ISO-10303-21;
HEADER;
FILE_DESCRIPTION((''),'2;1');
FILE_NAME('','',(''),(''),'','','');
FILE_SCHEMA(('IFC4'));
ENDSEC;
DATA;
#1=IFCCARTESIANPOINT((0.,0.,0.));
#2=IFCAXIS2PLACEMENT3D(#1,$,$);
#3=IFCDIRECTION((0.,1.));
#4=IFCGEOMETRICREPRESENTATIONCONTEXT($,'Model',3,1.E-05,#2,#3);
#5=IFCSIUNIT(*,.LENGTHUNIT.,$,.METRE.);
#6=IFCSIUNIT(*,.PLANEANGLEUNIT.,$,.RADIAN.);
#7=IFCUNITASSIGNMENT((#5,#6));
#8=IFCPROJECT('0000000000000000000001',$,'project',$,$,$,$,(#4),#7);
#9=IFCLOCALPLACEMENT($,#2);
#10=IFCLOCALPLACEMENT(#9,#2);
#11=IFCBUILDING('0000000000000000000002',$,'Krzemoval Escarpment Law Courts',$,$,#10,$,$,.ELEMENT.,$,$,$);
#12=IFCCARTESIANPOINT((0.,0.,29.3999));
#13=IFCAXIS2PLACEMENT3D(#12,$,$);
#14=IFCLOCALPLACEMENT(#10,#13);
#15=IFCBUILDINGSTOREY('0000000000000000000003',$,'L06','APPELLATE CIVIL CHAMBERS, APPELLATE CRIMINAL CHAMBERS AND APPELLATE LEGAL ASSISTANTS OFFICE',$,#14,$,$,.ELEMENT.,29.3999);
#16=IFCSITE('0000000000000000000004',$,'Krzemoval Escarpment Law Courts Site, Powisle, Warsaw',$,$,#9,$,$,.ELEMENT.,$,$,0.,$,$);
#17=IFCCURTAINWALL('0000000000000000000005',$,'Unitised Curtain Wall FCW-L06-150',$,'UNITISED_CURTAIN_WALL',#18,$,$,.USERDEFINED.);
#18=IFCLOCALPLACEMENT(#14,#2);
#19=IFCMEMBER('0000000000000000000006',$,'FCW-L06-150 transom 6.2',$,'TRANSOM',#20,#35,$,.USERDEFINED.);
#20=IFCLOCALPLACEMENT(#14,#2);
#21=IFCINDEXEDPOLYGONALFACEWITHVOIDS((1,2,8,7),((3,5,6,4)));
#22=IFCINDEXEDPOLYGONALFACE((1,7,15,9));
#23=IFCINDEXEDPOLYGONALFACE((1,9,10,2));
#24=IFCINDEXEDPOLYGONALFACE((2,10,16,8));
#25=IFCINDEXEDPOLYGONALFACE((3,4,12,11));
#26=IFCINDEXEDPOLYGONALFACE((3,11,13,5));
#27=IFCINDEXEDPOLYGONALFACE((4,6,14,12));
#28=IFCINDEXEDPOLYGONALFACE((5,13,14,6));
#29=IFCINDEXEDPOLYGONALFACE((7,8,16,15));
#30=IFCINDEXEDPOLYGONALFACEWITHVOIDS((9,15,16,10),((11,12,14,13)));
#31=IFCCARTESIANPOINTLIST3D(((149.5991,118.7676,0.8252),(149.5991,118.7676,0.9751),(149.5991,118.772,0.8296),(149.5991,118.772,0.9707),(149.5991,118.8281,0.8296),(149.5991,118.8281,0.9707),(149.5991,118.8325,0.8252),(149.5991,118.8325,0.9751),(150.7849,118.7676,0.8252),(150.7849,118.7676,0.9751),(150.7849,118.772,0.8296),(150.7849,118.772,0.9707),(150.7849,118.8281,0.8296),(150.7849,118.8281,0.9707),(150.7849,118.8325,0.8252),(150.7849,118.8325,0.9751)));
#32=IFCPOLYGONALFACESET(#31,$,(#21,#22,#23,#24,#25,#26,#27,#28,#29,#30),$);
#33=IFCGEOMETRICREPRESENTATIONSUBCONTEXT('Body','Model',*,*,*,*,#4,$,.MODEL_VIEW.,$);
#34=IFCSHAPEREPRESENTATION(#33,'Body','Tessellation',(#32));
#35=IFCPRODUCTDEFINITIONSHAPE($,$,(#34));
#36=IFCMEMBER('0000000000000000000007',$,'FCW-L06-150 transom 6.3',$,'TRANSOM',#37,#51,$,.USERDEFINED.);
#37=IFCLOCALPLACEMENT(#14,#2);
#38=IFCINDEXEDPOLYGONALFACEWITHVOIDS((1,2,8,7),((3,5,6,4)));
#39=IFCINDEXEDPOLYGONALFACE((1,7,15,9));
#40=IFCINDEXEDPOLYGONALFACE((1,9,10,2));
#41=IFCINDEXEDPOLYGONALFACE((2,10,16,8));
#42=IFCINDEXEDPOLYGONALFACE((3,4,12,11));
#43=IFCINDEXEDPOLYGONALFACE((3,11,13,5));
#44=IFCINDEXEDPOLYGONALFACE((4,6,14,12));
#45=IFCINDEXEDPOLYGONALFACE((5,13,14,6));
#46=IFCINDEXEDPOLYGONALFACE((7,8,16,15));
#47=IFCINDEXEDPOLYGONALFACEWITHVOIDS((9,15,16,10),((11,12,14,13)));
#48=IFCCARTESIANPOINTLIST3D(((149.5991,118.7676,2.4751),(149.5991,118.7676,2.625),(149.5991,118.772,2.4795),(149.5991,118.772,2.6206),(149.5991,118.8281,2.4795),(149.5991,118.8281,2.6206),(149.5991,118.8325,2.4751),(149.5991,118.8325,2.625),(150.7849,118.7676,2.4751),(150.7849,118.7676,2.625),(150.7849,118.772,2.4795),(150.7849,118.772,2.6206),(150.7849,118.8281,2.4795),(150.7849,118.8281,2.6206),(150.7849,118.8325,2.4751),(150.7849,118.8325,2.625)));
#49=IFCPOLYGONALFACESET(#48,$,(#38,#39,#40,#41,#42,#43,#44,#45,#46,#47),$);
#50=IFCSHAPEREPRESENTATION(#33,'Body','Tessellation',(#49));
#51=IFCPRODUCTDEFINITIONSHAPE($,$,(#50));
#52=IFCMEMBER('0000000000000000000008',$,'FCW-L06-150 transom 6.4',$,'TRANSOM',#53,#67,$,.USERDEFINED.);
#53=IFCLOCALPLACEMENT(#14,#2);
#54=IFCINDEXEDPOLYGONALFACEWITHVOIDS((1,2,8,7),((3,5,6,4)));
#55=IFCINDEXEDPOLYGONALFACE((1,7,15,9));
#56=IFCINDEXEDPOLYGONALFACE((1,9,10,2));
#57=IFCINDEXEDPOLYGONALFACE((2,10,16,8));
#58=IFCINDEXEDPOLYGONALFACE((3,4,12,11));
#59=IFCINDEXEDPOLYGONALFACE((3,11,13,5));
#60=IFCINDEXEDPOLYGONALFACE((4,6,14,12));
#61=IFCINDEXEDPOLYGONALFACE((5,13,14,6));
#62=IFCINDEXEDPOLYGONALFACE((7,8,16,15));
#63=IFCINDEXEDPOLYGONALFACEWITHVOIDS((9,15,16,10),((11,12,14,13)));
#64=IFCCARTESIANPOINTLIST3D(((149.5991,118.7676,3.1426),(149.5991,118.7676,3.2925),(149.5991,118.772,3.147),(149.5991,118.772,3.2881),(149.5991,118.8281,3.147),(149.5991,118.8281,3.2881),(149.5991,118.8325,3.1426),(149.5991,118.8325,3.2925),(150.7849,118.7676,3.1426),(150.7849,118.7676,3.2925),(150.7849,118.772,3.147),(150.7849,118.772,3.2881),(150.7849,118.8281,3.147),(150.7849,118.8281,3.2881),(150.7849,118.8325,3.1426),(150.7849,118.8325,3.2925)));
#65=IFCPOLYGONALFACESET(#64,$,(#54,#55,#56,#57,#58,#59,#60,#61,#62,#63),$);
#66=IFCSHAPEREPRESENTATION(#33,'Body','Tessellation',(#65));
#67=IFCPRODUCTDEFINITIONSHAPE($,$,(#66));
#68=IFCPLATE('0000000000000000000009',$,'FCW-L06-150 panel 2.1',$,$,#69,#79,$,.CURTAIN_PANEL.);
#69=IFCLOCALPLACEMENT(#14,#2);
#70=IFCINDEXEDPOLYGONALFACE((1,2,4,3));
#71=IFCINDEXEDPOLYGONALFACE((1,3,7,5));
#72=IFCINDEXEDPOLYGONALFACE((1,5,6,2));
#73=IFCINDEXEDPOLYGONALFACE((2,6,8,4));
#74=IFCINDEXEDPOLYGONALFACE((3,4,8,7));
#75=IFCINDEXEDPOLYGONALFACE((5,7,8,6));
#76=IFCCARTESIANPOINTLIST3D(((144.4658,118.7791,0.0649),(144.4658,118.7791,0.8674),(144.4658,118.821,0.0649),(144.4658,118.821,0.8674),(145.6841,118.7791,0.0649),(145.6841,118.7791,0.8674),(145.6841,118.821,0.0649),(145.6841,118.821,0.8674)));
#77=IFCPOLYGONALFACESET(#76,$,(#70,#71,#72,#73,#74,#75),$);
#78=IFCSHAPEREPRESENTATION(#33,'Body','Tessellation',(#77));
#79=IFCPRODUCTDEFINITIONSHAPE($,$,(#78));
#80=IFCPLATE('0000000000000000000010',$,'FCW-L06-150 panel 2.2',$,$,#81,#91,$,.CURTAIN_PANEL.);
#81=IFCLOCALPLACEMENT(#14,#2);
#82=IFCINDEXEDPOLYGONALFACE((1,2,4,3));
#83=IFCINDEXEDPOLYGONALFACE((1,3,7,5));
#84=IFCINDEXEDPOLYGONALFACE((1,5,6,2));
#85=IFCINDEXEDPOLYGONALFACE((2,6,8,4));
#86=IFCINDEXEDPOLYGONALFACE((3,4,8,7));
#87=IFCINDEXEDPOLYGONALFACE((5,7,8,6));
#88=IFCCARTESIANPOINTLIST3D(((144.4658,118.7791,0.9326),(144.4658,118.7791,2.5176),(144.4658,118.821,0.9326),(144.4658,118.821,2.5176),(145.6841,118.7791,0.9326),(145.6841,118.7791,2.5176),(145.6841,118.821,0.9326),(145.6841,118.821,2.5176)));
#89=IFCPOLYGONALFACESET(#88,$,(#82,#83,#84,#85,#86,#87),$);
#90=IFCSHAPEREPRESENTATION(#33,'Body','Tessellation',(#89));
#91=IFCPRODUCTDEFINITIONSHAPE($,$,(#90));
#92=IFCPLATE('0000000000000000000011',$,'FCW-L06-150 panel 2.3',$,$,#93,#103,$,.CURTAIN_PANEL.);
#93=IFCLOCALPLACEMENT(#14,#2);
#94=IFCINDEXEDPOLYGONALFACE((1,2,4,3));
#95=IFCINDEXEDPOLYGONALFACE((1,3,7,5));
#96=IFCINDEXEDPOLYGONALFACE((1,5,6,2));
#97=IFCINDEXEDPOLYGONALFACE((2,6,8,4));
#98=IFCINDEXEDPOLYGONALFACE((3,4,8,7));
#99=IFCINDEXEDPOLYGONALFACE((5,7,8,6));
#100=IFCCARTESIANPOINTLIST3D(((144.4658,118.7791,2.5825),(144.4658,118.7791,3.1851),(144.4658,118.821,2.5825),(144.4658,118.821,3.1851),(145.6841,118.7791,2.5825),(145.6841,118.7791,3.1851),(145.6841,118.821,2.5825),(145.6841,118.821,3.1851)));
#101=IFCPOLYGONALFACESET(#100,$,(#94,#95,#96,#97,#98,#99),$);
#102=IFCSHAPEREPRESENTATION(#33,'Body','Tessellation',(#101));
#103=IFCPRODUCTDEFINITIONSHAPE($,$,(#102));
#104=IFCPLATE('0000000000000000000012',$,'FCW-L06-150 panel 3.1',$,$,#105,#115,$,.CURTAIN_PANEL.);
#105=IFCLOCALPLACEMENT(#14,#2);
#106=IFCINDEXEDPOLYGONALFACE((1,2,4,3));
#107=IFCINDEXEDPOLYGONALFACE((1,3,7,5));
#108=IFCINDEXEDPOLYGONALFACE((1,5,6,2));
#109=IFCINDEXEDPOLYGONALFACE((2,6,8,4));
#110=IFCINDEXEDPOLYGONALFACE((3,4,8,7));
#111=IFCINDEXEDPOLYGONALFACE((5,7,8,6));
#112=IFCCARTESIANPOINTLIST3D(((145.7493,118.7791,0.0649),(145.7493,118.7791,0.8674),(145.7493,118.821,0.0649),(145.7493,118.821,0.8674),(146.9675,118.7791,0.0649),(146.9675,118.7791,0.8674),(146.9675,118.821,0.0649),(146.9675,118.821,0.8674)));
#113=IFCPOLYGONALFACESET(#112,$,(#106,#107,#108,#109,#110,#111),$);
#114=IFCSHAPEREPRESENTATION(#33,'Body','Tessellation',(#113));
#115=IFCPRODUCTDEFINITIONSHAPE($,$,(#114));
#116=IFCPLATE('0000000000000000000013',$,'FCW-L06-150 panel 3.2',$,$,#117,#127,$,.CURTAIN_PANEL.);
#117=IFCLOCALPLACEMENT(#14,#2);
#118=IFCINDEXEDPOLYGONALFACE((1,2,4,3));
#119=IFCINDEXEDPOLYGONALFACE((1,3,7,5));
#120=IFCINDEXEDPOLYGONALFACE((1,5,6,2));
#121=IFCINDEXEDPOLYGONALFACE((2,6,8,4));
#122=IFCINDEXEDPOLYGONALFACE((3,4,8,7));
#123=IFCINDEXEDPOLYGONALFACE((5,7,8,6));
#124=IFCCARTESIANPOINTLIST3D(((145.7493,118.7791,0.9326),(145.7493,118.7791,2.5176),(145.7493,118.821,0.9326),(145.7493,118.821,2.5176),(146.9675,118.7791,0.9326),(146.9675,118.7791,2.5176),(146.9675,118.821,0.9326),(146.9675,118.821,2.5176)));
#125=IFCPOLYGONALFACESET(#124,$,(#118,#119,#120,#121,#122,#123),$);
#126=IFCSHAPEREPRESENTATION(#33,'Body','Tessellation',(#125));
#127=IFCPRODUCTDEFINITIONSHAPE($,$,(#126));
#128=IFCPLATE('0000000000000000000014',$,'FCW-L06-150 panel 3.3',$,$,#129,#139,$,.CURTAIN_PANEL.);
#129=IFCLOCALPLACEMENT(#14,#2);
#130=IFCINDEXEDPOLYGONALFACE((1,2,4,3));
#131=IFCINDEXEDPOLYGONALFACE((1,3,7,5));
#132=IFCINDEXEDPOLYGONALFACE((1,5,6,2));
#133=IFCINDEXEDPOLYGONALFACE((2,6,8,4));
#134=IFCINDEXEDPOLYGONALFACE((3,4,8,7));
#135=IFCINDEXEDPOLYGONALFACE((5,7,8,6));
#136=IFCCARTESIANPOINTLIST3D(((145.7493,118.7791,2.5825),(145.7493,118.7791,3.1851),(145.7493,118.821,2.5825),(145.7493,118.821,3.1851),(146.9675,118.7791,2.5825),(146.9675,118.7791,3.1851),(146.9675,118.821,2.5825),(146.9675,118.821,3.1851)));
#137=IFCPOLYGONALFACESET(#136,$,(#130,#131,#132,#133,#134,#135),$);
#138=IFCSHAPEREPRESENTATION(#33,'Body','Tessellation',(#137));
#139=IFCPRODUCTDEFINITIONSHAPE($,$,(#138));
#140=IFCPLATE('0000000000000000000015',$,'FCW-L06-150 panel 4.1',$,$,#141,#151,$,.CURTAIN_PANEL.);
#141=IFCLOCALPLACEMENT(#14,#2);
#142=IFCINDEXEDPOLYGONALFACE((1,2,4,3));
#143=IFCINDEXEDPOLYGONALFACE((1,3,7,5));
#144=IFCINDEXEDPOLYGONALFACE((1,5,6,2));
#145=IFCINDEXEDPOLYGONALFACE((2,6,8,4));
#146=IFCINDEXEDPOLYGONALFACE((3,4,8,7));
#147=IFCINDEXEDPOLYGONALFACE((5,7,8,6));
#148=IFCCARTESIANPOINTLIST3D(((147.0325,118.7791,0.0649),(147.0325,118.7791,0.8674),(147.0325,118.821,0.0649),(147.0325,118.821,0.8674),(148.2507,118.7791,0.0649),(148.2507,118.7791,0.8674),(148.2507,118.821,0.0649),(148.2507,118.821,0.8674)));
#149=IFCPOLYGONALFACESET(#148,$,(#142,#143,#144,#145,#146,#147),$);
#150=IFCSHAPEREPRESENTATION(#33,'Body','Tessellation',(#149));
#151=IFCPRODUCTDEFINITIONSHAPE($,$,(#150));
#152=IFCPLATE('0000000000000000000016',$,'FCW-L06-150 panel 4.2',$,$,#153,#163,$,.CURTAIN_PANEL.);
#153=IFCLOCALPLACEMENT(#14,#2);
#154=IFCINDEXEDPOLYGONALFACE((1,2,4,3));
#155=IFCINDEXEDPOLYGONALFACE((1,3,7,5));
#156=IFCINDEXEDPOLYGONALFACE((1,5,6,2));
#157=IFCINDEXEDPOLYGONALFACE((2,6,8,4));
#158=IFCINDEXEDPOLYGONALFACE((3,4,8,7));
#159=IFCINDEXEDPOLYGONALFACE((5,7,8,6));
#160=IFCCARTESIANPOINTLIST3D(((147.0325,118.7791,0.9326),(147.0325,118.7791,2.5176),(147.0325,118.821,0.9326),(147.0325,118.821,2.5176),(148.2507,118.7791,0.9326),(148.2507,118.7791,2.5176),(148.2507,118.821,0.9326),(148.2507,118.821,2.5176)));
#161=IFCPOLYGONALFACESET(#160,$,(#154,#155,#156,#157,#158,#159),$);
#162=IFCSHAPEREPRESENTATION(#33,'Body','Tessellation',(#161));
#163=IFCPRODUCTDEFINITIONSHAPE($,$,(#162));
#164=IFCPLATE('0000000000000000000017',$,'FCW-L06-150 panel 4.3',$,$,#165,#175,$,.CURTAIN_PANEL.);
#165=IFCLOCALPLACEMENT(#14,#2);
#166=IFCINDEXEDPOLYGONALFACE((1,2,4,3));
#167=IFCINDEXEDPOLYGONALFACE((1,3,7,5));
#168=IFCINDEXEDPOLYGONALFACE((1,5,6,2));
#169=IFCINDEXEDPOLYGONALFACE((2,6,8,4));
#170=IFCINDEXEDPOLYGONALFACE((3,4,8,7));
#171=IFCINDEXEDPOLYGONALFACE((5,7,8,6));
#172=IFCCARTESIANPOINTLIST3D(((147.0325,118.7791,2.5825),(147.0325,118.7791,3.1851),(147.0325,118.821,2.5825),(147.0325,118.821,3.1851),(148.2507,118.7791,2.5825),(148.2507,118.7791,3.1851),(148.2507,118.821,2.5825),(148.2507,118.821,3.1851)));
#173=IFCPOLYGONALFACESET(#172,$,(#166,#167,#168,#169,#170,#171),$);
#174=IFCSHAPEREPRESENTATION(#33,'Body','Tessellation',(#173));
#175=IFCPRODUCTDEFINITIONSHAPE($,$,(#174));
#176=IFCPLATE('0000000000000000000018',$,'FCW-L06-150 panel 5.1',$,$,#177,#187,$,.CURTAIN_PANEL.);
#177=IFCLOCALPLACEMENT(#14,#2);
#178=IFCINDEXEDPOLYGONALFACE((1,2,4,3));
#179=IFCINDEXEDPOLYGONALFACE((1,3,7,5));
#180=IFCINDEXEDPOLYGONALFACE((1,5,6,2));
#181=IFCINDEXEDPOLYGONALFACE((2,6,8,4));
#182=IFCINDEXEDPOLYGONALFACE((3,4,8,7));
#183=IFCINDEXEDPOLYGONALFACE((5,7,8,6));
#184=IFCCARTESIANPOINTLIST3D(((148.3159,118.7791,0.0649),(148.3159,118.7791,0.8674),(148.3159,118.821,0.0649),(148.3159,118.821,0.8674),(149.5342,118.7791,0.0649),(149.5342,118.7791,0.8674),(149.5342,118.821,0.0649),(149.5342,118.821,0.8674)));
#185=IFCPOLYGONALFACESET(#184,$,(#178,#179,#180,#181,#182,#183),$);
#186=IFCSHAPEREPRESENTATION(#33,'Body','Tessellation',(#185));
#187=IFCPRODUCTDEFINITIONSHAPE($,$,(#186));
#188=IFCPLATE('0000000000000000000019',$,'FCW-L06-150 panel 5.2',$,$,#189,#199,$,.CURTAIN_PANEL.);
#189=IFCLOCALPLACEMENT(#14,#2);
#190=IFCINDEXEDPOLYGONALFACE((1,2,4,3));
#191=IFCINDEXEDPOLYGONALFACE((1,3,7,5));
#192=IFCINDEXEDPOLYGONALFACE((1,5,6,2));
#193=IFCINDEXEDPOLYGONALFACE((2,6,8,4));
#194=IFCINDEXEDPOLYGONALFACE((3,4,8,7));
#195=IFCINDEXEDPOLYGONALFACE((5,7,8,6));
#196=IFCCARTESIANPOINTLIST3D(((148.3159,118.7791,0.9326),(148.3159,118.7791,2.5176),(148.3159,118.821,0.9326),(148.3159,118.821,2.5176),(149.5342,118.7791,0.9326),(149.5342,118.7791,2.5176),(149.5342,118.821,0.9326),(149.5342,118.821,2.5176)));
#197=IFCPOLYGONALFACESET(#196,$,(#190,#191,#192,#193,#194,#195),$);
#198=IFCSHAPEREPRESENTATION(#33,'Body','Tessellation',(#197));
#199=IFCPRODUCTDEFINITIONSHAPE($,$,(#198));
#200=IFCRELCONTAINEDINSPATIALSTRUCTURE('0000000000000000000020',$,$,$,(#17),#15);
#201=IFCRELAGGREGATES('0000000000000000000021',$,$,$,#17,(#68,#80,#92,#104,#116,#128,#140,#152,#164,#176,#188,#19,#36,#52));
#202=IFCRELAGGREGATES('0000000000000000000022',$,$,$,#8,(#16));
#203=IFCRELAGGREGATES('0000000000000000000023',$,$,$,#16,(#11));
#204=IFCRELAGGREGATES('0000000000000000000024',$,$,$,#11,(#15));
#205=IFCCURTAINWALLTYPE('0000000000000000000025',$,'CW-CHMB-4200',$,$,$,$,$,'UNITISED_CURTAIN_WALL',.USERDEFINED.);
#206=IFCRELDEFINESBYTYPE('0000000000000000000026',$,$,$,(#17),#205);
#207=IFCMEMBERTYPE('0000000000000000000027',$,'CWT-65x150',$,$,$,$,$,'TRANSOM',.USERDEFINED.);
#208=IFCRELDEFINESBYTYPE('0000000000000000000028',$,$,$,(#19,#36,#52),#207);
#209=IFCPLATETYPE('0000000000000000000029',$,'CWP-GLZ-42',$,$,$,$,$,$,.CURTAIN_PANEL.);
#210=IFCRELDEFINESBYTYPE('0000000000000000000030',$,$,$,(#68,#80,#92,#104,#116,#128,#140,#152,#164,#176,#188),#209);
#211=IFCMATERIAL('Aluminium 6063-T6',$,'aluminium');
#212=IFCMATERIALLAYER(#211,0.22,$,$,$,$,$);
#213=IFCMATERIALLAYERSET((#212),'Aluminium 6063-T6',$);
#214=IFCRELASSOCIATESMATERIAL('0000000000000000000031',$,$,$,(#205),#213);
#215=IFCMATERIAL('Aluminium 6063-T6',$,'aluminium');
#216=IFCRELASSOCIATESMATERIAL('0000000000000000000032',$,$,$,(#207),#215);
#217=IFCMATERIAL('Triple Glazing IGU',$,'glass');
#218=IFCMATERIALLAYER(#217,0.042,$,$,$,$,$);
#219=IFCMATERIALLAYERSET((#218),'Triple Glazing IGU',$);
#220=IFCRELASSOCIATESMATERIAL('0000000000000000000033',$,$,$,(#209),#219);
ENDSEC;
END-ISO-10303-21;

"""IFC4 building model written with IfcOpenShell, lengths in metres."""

from ifc_helpers import new_model, si_unit, direction, frame, origin, origin_2d, place, context, subcontext, project, spatial, rectangle, hollow_rectangle, extrude, material, layer, layer_set, material_profile, profile_set, type_object, element, aggregate, save


model = new_model("IFC4")

# Units and contexts
model_context = context("Model", 3, precision=1e-05, world=origin(), true_north=direction((0.0, 1.0)))
body_context = subcontext(model_context, "Body", "Model", "MODEL_VIEW")
ifc_project = project(units=[si_unit("LENGTHUNIT", "METRE"), si_unit("PLANEANGLEUNIT", "RADIAN")], contexts=[model_context])

# Site, building, storey
site_placement = place(None, origin())
site = spatial("IfcSite", under=ifc_project, at=site_placement, Name="Krzemoval Escarpment Law Courts Site, Powisle, Warsaw", CompositionType="ELEMENT", RefElevation=0.0)
building_placement = place(site_placement, origin())
building = spatial("IfcBuilding", under=site, at=building_placement, Name="Krzemoval Escarpment Law Courts", CompositionType="ELEMENT")
storey_placement = place(building_placement, frame((0.0, 0.0, 29.3999)))
storey = spatial("IfcBuildingStorey", under=building, at=storey_placement, Name="L06", Description="APPELLATE CIVIL CHAMBERS, APPELLATE CRIMINAL CHAMBERS AND APPELLATE LEGAL ASSISTANTS OFFICE", CompositionType="ELEMENT", Elevation=29.3999)

# Curtain wall, members, plates
ifc_material_1 = material(Name="Aluminium 6063-T6", Category="aluminium")
ifc_layer_1 = layer(ifc_material_1, 0.22)
ifc_layer_set_1 = layer_set([ifc_layer_1], Name="Aluminium 6063-T6")
curtain_wall_type = type_object("IfcCurtainWallType", Name="CW-CHMB-4200", ElementType="UNITISED_CURTAIN_WALL", PredefinedType="USERDEFINED", material=ifc_layer_set_1)
curtain_wall_placement = place(storey_placement, origin())
curtain_wall = element("IfcCurtainWall", 1, at=curtain_wall_placement, inside=storey, type_object=curtain_wall_type, Name="Unitised Curtain Wall FCW-L06-150", ObjectType="UNITISED_CURTAIN_WALL", PredefinedType="USERDEFINED")
ifc_material_2 = material(Name="Aluminium 6063-T6", Category="aluminium")
ifc_material_profile_1 = material_profile(ifc_material_2, hollow_rectangle(XDim=0.0649, YDim=0.1499, WallThickness=0.0044, at=origin_2d()), Name="ALU T65x150")
ifc_profile_set_1 = profile_set([ifc_material_profile_1], Name="Aluminium 6063-T6")
member_type_1 = type_object("IfcMemberType", Name="CWT-65x150", ElementType="TRANSOM", PredefinedType="USERDEFINED", material=ifc_profile_set_1)
member_1_placement = place(storey_placement, frame((149.5991, 118.8, 0.9001), z_axis=(1.0, 0.0, 0.0), x_axis=(0.0, 1.0, 0.0)))
member_1 = element("IfcMember", 2, at=member_1_placement, type_object=member_type_1, Name="FCW-L06-150 transom 6.2", ObjectType="TRANSOM", PredefinedType="USERDEFINED", context=body_context, shape_type="SweptSolid", body=[
    extrude(hollow_rectangle(XDim=0.0649, YDim=0.1499, WallThickness=0.0044, at=origin_2d()), origin(), (0.0, 0.0, 1.0), 1.1858),
])
member_2_placement = place(storey_placement, frame((149.5991, 118.8, 2.55), z_axis=(1.0, 0.0, 0.0), x_axis=(0.0, 1.0, 0.0)))
member_2 = element("IfcMember", 3, at=member_2_placement, type_object=member_type_1, Name="FCW-L06-150 transom 6.3", ObjectType="TRANSOM", PredefinedType="USERDEFINED", context=body_context, shape_type="SweptSolid", body=[
    extrude(hollow_rectangle(XDim=0.0649, YDim=0.1499, WallThickness=0.0044, at=origin_2d()), origin(), (0.0, 0.0, 1.0), 1.1858),
])
member_3_placement = place(storey_placement, frame((149.5991, 118.8, 3.2175), z_axis=(1.0, 0.0, 0.0), x_axis=(0.0, 1.0, 0.0)))
member_3 = element("IfcMember", 4, at=member_3_placement, type_object=member_type_1, Name="FCW-L06-150 transom 6.4", ObjectType="TRANSOM", PredefinedType="USERDEFINED", context=body_context, shape_type="SweptSolid", body=[
    extrude(hollow_rectangle(XDim=0.0649, YDim=0.1499, WallThickness=0.0044, at=origin_2d()), origin(), (0.0, 0.0, 1.0), 1.1858),
])
ifc_material_3 = material(Name="Triple Glazing IGU", Category="glass")
ifc_layer_2 = layer(ifc_material_3, 0.042)
ifc_layer_set_2 = layer_set([ifc_layer_2], Name="Triple Glazing IGU")
plate_type = type_object("IfcPlateType", Name="CWP-GLZ-42", PredefinedType="CURTAIN_PANEL", material=ifc_layer_set_2)
plate_1_placement = place(storey_placement, frame((145.075, 118.8, 0.0649), z_axis=(0.0, 0.0, 1.0), x_axis=(1.0, 0.0, 0.0)))
plate_1 = element("IfcPlate", 5, at=plate_1_placement, type_object=plate_type, Name="FCW-L06-150 panel 2.1", PredefinedType="CURTAIN_PANEL", context=body_context, shape_type="SweptSolid", body=[
    extrude(rectangle(XDim=1.2183, YDim=0.042, at=origin_2d()), origin(), (0.0, 0.0, 1.0), 0.8025),
])
plate_2_placement = place(storey_placement, frame((145.075, 118.8, 0.9326), z_axis=(0.0, 0.0, 1.0), x_axis=(1.0, 0.0, 0.0)))
plate_2 = element("IfcPlate", 6, at=plate_2_placement, type_object=plate_type, Name="FCW-L06-150 panel 2.2", PredefinedType="CURTAIN_PANEL", context=body_context, shape_type="SweptSolid", body=[
    extrude(rectangle(XDim=1.2183, YDim=0.042, at=origin_2d()), origin(), (0.0, 0.0, 1.0), 1.585),
])
plate_3_placement = place(storey_placement, frame((145.075, 118.8, 2.5825), z_axis=(0.0, 0.0, 1.0), x_axis=(1.0, 0.0, 0.0)))
plate_3 = element("IfcPlate", 7, at=plate_3_placement, type_object=plate_type, Name="FCW-L06-150 panel 2.3", PredefinedType="CURTAIN_PANEL", context=body_context, shape_type="SweptSolid", body=[
    extrude(rectangle(XDim=1.2183, YDim=0.042, at=origin_2d()), origin(), (0.0, 0.0, 1.0), 0.6025),
])
plate_4_placement = place(storey_placement, frame((146.3584, 118.8, 0.0649), z_axis=(0.0, 0.0, 1.0), x_axis=(1.0, 0.0, 0.0)))
plate_4 = element("IfcPlate", 8, at=plate_4_placement, type_object=plate_type, Name="FCW-L06-150 panel 3.1", PredefinedType="CURTAIN_PANEL", context=body_context, shape_type="SweptSolid", body=[
    extrude(rectangle(XDim=1.2183, YDim=0.042, at=origin_2d()), origin(), (0.0, 0.0, 1.0), 0.8025),
])
plate_5_placement = place(storey_placement, frame((146.3584, 118.8, 0.9326), z_axis=(0.0, 0.0, 1.0), x_axis=(1.0, 0.0, 0.0)))
plate_5 = element("IfcPlate", 9, at=plate_5_placement, type_object=plate_type, Name="FCW-L06-150 panel 3.2", PredefinedType="CURTAIN_PANEL", context=body_context, shape_type="SweptSolid", body=[
    extrude(rectangle(XDim=1.2183, YDim=0.042, at=origin_2d()), origin(), (0.0, 0.0, 1.0), 1.585),
])
plate_6_placement = place(storey_placement, frame((146.3584, 118.8, 2.5825), z_axis=(0.0, 0.0, 1.0), x_axis=(1.0, 0.0, 0.0)))
plate_6 = element("IfcPlate", 10, at=plate_6_placement, type_object=plate_type, Name="FCW-L06-150 panel 3.3", PredefinedType="CURTAIN_PANEL", context=body_context, shape_type="SweptSolid", body=[
    extrude(rectangle(XDim=1.2183, YDim=0.042, at=origin_2d()), origin(), (0.0, 0.0, 1.0), 0.6025),
])
plate_7_placement = place(storey_placement, frame((147.6416, 118.8, 0.0649), z_axis=(0.0, 0.0, 1.0), x_axis=(1.0, 0.0, 0.0)))
plate_7 = element("IfcPlate", 11, at=plate_7_placement, type_object=plate_type, Name="FCW-L06-150 panel 4.1", PredefinedType="CURTAIN_PANEL", context=body_context, shape_type="SweptSolid", body=[
    extrude(rectangle(XDim=1.2183, YDim=0.042, at=origin_2d()), origin(), (0.0, 0.0, 1.0), 0.8025),
])
plate_8_placement = place(storey_placement, frame((147.6416, 118.8, 0.9326), z_axis=(0.0, 0.0, 1.0), x_axis=(1.0, 0.0, 0.0)))
plate_8 = element("IfcPlate", 12, at=plate_8_placement, type_object=plate_type, Name="FCW-L06-150 panel 4.2", PredefinedType="CURTAIN_PANEL", context=body_context, shape_type="SweptSolid", body=[
    extrude(rectangle(XDim=1.2183, YDim=0.042, at=origin_2d()), origin(), (0.0, 0.0, 1.0), 1.585),
])
plate_9_placement = place(storey_placement, frame((147.6416, 118.8, 2.5825), z_axis=(0.0, 0.0, 1.0), x_axis=(1.0, 0.0, 0.0)))
plate_9 = element("IfcPlate", 13, at=plate_9_placement, type_object=plate_type, Name="FCW-L06-150 panel 4.3", PredefinedType="CURTAIN_PANEL", context=body_context, shape_type="SweptSolid", body=[
    extrude(rectangle(XDim=1.2183, YDim=0.042, at=origin_2d()), origin(), (0.0, 0.0, 1.0), 0.6025),
])
plate_10_placement = place(storey_placement, frame((148.925, 118.8, 0.0649), z_axis=(0.0, 0.0, 1.0), x_axis=(1.0, 0.0, 0.0)))
plate_10 = element("IfcPlate", 14, at=plate_10_placement, type_object=plate_type, Name="FCW-L06-150 panel 5.1", PredefinedType="CURTAIN_PANEL", context=body_context, shape_type="SweptSolid", body=[
    extrude(rectangle(XDim=1.2183, YDim=0.042, at=origin_2d()), origin(), (0.0, 0.0, 1.0), 0.8025),
])
plate_11_placement = place(storey_placement, frame((148.925, 118.8, 0.9326), z_axis=(0.0, 0.0, 1.0), x_axis=(1.0, 0.0, 0.0)))
plate_11 = element("IfcPlate", 15, at=plate_11_placement, type_object=plate_type, Name="FCW-L06-150 panel 5.2", PredefinedType="CURTAIN_PANEL", context=body_context, shape_type="SweptSolid", body=[
    extrude(rectangle(XDim=1.2183, YDim=0.042, at=origin_2d()), origin(), (0.0, 0.0, 1.0), 1.585),
])
aggregate(curtain_wall, [plate_1, plate_2, plate_3, plate_4, plate_5, plate_6, plate_7, plate_8, plate_9, plate_10, plate_11, member_1, member_2, member_3])

save(model, "model.ifc")
